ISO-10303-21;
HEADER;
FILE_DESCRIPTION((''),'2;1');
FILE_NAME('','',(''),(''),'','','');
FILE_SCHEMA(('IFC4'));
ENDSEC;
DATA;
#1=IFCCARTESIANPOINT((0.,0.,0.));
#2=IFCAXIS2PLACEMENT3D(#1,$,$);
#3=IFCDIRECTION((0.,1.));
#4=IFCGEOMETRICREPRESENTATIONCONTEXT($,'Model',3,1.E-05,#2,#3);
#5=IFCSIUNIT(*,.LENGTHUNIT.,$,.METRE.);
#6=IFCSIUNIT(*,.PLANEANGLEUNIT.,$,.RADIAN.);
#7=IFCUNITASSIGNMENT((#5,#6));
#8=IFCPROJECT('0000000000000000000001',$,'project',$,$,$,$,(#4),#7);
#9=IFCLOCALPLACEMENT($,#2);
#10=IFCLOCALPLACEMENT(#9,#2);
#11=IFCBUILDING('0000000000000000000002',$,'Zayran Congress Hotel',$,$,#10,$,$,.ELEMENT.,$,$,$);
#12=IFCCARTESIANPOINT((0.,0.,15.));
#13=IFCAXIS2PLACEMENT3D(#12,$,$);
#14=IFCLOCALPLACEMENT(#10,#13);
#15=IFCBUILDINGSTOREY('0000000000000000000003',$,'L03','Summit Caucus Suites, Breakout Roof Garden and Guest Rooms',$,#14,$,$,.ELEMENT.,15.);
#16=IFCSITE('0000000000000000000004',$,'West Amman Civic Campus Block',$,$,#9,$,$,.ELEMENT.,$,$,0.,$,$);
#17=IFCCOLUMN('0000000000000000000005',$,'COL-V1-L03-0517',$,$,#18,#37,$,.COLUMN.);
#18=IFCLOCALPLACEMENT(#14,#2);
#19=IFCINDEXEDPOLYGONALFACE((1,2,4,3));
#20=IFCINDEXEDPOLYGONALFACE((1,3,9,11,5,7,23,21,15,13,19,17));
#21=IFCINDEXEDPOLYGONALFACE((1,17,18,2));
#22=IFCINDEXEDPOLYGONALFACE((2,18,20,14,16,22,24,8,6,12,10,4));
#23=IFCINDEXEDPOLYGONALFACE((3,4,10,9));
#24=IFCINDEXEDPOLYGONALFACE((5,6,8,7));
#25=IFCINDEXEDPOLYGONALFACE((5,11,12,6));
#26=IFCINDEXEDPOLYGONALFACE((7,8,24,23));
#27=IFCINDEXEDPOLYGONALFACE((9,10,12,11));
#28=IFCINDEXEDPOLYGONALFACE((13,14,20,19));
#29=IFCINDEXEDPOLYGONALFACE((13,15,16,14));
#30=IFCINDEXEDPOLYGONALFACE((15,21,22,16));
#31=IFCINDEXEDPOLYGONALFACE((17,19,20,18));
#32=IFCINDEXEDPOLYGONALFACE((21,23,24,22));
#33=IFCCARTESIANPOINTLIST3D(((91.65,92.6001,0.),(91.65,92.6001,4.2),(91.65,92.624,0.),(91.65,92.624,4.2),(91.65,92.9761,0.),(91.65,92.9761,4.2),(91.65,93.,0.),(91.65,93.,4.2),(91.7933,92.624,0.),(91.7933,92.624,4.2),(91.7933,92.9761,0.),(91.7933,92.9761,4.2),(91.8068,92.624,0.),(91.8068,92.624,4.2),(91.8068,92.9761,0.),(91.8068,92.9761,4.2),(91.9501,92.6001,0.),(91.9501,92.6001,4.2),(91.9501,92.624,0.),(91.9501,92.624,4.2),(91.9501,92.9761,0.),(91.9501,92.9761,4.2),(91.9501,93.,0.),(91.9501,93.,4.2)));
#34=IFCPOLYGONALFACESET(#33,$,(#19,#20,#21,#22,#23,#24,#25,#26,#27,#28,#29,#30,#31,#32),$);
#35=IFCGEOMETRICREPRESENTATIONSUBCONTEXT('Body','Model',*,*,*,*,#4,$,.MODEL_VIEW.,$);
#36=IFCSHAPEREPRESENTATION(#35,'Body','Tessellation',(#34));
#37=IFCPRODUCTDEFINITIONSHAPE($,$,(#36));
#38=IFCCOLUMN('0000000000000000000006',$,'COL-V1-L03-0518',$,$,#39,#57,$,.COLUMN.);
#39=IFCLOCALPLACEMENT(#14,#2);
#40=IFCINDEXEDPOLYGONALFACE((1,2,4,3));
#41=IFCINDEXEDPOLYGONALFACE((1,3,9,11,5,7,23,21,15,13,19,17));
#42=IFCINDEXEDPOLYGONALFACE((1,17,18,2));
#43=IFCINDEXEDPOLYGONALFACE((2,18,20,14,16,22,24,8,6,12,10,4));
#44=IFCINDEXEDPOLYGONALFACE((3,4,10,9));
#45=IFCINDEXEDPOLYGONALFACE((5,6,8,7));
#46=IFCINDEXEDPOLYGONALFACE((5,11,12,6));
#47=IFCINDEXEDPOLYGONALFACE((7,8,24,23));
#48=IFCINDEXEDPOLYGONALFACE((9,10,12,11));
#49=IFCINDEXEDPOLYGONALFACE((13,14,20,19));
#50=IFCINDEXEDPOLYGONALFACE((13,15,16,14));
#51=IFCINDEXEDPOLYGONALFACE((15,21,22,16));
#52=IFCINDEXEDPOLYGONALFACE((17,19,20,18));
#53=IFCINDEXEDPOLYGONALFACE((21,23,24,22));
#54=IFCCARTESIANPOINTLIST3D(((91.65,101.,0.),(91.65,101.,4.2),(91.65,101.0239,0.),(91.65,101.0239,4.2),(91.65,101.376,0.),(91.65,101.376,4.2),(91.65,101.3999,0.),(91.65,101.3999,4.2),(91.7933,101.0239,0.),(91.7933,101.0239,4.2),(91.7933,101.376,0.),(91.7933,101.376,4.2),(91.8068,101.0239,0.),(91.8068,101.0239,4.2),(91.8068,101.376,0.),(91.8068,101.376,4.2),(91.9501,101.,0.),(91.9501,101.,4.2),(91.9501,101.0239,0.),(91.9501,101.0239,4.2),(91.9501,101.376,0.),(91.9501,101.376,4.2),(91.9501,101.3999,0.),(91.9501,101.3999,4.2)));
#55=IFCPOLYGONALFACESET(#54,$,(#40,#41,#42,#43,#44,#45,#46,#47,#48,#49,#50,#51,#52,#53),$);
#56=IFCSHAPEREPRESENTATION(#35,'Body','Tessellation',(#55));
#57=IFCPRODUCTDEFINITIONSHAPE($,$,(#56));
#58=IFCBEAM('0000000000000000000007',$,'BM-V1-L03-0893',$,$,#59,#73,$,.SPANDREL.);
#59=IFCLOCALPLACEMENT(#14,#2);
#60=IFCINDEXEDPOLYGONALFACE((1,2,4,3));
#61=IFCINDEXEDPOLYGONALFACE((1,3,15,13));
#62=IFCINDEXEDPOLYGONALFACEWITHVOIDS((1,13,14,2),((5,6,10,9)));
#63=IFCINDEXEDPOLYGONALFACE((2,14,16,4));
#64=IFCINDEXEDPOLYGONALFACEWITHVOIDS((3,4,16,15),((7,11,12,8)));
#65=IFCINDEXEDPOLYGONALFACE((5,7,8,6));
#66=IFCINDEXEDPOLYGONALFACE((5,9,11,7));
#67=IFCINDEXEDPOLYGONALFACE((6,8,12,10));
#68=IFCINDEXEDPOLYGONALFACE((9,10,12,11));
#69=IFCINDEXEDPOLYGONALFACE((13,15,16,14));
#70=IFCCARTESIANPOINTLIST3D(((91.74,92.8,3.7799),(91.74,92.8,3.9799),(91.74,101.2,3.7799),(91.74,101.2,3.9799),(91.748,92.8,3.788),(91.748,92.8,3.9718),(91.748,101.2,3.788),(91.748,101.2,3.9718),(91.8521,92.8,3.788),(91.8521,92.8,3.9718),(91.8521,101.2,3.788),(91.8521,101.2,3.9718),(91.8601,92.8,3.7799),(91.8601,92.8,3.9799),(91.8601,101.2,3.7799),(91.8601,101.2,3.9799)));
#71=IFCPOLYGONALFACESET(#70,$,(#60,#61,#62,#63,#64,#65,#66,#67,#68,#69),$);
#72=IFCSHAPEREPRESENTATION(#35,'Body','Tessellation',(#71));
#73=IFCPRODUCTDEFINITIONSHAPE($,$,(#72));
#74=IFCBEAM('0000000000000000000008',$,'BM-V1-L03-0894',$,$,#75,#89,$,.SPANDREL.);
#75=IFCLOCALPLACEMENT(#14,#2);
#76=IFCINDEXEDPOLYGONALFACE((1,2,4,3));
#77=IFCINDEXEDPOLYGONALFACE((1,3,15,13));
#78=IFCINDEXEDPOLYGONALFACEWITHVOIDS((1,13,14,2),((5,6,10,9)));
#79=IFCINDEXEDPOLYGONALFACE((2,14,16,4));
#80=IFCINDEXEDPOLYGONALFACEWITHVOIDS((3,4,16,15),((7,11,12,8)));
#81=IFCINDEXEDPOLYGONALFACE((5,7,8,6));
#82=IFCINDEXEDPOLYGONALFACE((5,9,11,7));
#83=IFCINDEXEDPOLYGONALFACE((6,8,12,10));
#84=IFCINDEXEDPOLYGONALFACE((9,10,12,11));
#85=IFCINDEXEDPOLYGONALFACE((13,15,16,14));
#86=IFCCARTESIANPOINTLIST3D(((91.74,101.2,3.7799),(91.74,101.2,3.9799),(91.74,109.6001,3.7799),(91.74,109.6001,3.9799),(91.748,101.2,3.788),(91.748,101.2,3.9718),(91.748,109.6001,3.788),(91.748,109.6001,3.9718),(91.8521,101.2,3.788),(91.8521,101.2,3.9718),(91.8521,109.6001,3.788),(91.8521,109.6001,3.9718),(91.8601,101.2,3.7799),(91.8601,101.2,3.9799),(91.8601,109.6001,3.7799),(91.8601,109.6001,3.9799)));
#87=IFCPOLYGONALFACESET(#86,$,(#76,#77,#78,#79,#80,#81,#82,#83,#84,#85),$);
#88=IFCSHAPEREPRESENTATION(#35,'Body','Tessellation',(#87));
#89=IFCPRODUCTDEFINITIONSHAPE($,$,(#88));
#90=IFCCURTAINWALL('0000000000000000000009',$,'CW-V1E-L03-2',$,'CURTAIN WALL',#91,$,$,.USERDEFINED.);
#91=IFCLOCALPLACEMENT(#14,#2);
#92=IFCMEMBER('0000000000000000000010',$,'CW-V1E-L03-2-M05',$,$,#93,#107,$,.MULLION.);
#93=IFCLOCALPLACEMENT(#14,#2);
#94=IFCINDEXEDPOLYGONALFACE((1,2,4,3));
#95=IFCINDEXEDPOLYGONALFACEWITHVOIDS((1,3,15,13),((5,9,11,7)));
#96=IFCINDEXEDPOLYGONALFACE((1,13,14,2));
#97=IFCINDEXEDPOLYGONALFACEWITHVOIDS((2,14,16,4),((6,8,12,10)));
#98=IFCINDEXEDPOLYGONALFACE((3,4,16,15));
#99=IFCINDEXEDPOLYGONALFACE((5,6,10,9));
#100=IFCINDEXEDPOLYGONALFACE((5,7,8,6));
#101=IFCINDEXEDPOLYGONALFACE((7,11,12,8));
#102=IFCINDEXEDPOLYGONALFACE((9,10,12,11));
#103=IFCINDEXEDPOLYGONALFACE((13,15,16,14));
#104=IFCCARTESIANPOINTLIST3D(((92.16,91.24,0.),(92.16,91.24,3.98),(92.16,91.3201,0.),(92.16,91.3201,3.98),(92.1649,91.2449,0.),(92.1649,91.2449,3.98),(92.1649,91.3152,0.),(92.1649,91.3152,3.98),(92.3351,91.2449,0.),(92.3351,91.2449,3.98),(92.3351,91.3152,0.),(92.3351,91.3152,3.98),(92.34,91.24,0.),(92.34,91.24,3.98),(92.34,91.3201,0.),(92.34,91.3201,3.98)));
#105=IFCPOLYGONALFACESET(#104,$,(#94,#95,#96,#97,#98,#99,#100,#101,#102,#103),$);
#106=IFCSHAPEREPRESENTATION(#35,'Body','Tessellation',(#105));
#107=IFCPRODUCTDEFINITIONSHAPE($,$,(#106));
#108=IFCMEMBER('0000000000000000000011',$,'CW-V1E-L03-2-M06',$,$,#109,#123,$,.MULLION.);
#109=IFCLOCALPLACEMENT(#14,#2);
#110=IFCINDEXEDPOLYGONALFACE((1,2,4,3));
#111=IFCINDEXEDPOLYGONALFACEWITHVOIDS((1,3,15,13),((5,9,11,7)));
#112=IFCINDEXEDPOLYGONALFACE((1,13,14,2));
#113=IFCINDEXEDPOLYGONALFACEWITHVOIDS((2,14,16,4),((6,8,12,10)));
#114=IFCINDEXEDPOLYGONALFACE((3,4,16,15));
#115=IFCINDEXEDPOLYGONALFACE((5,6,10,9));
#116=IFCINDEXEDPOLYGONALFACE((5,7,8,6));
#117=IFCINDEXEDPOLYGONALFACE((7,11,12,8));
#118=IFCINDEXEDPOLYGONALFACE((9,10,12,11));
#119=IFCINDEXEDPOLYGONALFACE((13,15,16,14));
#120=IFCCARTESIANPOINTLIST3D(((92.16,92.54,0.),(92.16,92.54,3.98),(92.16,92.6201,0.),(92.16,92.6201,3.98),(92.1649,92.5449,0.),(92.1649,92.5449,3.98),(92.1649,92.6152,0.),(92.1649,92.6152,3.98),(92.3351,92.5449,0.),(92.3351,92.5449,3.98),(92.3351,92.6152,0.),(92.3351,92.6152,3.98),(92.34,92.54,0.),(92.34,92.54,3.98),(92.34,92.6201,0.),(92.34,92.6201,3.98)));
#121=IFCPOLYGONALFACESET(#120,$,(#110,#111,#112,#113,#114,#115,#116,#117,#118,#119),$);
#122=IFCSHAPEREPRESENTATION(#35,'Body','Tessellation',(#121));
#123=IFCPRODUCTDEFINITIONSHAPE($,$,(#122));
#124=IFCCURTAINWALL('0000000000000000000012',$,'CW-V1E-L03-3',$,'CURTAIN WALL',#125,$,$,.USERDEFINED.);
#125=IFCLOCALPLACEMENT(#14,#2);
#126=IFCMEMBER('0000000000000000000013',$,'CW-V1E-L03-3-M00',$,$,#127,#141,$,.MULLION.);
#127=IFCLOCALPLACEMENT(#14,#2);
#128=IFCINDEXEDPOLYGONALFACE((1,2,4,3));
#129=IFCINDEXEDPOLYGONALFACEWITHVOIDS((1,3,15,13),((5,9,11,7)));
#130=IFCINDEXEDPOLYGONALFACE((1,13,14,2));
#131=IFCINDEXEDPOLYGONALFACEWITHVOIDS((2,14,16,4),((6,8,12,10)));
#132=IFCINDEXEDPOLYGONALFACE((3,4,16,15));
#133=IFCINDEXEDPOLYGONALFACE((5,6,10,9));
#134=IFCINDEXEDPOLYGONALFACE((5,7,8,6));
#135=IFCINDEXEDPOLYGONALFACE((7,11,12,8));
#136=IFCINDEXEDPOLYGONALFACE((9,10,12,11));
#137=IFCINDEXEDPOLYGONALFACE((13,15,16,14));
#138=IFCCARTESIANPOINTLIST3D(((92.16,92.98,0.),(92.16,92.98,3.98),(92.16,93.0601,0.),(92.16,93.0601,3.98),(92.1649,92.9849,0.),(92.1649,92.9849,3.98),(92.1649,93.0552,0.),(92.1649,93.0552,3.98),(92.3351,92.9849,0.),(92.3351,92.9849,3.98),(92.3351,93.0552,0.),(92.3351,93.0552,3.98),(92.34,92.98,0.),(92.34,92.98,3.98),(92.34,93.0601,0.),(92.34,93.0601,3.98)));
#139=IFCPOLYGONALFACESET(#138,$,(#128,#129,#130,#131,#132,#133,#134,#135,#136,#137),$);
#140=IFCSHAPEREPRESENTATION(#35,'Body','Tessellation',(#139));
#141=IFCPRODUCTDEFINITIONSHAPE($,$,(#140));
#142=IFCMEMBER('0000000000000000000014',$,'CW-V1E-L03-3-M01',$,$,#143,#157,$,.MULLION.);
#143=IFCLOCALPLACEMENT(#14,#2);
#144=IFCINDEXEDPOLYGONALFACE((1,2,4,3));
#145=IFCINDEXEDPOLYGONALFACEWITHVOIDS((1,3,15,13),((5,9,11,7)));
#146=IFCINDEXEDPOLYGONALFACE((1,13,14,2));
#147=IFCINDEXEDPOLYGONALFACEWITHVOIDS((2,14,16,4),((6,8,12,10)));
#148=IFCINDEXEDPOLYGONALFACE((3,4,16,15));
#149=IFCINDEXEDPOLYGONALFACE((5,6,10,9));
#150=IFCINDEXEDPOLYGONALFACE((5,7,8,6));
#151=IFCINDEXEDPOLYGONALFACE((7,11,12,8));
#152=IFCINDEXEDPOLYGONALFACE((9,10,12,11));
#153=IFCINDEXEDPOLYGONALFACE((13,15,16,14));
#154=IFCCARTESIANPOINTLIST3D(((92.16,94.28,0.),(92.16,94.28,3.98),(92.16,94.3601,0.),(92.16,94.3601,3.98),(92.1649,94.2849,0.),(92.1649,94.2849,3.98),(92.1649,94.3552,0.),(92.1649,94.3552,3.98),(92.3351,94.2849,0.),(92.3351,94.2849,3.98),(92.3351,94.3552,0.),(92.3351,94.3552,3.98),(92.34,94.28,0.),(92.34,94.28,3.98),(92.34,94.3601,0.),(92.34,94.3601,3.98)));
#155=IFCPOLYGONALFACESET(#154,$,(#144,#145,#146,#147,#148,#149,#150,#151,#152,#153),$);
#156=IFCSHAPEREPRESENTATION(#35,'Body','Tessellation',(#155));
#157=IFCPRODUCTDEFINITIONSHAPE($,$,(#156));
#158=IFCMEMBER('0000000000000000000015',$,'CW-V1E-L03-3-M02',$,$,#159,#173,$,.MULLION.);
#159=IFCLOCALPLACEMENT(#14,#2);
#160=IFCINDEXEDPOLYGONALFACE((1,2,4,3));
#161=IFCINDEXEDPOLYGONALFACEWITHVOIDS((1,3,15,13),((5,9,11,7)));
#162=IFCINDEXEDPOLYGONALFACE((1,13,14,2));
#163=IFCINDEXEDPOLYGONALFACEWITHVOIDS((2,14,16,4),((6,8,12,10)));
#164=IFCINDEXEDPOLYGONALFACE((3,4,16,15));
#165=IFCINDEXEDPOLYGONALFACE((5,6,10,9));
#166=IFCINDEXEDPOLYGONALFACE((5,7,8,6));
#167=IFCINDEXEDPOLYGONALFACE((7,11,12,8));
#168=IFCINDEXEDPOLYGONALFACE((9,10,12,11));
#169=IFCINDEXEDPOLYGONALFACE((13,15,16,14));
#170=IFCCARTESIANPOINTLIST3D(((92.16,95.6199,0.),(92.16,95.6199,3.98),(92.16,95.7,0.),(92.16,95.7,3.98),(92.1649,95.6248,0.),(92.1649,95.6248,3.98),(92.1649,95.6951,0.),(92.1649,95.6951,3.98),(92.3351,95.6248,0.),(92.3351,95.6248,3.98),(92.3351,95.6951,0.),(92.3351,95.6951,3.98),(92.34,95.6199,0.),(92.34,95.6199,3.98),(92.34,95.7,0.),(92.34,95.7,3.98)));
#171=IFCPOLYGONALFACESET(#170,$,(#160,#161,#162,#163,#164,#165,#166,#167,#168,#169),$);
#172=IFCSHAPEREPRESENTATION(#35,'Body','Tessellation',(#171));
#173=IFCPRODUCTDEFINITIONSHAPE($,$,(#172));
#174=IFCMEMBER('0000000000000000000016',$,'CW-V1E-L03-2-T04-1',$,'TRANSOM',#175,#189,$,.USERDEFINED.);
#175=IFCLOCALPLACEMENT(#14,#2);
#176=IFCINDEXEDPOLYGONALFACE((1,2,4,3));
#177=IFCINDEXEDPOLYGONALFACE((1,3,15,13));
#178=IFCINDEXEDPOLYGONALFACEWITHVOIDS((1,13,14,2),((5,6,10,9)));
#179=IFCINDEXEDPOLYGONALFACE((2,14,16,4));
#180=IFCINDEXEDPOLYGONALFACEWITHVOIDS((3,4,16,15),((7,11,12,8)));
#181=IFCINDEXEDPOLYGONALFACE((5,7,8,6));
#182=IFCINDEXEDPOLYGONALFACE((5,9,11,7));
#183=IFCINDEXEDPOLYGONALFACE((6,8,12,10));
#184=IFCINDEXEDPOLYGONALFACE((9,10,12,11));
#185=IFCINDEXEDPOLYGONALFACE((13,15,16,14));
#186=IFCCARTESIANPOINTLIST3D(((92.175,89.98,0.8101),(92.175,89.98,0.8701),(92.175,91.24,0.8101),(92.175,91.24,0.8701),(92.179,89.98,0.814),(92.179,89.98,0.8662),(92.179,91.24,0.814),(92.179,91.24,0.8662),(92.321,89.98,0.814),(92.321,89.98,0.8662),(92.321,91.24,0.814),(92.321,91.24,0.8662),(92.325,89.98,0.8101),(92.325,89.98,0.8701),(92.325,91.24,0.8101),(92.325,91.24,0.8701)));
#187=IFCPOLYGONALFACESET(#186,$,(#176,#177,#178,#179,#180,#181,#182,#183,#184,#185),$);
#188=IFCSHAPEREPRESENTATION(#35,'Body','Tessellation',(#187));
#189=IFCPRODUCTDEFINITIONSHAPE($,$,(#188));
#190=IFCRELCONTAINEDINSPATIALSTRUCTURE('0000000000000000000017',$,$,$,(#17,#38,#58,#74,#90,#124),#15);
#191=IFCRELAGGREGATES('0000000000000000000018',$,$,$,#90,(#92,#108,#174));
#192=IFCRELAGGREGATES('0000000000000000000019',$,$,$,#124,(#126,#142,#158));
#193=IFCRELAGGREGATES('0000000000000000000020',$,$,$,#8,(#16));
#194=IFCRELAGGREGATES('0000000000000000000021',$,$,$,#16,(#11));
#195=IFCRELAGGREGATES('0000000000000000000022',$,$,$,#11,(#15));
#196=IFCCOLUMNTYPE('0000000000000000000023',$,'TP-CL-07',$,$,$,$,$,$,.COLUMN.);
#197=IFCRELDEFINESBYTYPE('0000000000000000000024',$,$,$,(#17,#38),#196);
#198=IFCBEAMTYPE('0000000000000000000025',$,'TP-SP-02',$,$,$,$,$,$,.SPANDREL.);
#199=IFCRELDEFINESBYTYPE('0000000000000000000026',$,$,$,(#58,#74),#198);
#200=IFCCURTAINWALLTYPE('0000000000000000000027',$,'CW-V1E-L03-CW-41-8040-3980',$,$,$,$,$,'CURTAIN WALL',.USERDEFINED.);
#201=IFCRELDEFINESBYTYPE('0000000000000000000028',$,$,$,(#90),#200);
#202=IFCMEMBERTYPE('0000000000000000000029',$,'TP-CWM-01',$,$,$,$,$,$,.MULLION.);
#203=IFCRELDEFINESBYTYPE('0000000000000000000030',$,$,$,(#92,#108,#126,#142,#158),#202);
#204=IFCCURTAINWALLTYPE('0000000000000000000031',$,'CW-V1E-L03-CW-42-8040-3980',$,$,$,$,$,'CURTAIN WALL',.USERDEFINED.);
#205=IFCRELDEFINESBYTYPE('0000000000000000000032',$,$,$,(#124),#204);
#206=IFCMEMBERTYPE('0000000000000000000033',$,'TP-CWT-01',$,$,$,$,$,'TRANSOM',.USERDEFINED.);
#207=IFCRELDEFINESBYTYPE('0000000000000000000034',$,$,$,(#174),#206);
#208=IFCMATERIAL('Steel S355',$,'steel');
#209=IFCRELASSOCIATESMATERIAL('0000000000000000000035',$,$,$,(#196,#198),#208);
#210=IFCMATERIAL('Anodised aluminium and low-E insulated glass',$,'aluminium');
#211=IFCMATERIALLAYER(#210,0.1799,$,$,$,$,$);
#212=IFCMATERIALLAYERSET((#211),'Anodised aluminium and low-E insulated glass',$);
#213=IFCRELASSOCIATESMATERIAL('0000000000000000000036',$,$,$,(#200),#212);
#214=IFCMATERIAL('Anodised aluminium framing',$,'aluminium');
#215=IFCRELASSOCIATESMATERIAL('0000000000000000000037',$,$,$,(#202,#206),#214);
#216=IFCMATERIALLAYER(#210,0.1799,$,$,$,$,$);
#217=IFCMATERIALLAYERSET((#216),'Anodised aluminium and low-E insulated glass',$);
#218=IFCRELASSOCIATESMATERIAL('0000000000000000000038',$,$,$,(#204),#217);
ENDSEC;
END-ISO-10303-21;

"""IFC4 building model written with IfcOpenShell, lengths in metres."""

from ifc_helpers import new_model, si_unit, direction, frame, origin, origin_2d, place, context, subcontext, project, spatial, hollow_rectangle, i_section, extrude, material, layer, layer_set, material_profile, profile_set, type_object, element, aggregate, save


model = new_model("IFC4")

# Units and contexts
model_context = context("Model", 3, precision=1e-05, world=origin(), true_north=direction((0.0, 1.0)))
body_context = subcontext(model_context, "Body", "Model", "MODEL_VIEW")
ifc_project = project(units=[si_unit("LENGTHUNIT", "METRE"), si_unit("PLANEANGLEUNIT", "RADIAN")], contexts=[model_context])

# Site, building, storey
site_placement = place(None, origin())
site = spatial("IfcSite", under=ifc_project, at=site_placement, Name="West Amman Civic Campus Block", CompositionType="ELEMENT", RefElevation=0.0)
building_placement = place(site_placement, origin())
building = spatial("IfcBuilding", under=site, at=building_placement, Name="Zayran Congress Hotel", CompositionType="ELEMENT")
storey_placement = place(building_placement, frame((0.0, 0.0, 15.0)))
storey = spatial("IfcBuildingStorey", under=building, at=storey_placement, Name="L03", Description="Summit Caucus Suites, Breakout Roof Garden and Guest Rooms", CompositionType="ELEMENT", Elevation=15.0)

# Columns
ifc_material_1 = material(Name="Steel S355", Category="steel")
ifc_material_profile_1 = material_profile(ifc_material_1, i_section(OverallWidth=0.3, OverallDepth=0.3999, WebThickness=0.0134, FlangeThickness=0.0239, at=origin_2d()), Name="HEB 400")
ifc_profile_set_1 = profile_set([ifc_material_profile_1], Name="Steel S355")
column_type = type_object("IfcColumnType", Name="TP-CL-07", PredefinedType="COLUMN", material=ifc_profile_set_1)
for number, where, z_axis, x_axis, name in (
    (1, (91.8, 92.8, 0.0), (0.0, 0.0, 1.0), (1.0, 0.0, 0.0), "COL-V1-L03-0517"),
    (2, (91.8, 101.2, 0.0), (0.0, 0.0, 1.0), (1.0, 0.0, 0.0), "COL-V1-L03-0518"),
):
    element("IfcColumn", number, at=place(storey_placement, frame(where, z_axis=z_axis, x_axis=x_axis)), inside=storey, type_object=column_type, Name=name, PredefinedType="COLUMN", context=body_context, shape_type="SweptSolid", body=[
        extrude(i_section(OverallWidth=0.3, OverallDepth=0.3999, WebThickness=0.0134, FlangeThickness=0.0239, at=origin_2d()), origin(), (0.0, 0.0, 1.0), 4.2),
    ])

# Beams
ifc_material_profile_2 = material_profile(ifc_material_1, hollow_rectangle(XDim=0.1201, YDim=0.2, WallThickness=0.0081, at=origin_2d()), Name="RHS 200x120x8")
ifc_profile_set_2 = profile_set([ifc_material_profile_2], Name="Steel S355")
beam_type = type_object("IfcBeamType", Name="TP-SP-02", PredefinedType="SPANDREL", material=ifc_profile_set_2)
beam_1_placement = place(storey_placement, frame((91.8, 92.8, 3.8799), z_axis=(0.0, 1.0, 0.0), x_axis=(-1.0, 0.0, 0.0)))
element("IfcBeam", 3, at=beam_1_placement, inside=storey, type_object=beam_type, Name="BM-V1-L03-0893", PredefinedType="SPANDREL", context=body_context, shape_type="SweptSolid", body=[
    extrude(hollow_rectangle(XDim=0.1201, YDim=0.2, WallThickness=0.0081, at=origin_2d()), origin(), (0.0, 0.0, 1.0), 8.3999),
])
beam_2_placement = place(storey_placement, frame((91.8, 101.2, 3.8799), z_axis=(0.0, 1.0, 0.0), x_axis=(-1.0, 0.0, 0.0)))
element("IfcBeam", 4, at=beam_2_placement, inside=storey, type_object=beam_type, Name="BM-V1-L03-0894", PredefinedType="SPANDREL", context=body_context, shape_type="SweptSolid", body=[
    extrude(hollow_rectangle(XDim=0.1201, YDim=0.2, WallThickness=0.0081, at=origin_2d()), origin(), (0.0, 0.0, 1.0), 8.4001),
])

# Curtain walls, members
ifc_material_2 = material(Name="Anodised aluminium and low-E insulated glass", Category="aluminium")
ifc_layer_1 = layer(ifc_material_2, 0.1799)
ifc_layer_set_1 = layer_set([ifc_layer_1], Name="Anodised aluminium and low-E insulated glass")
curtain_wall_type_1 = type_object("IfcCurtainWallType", Name="CW-V1E-L03-CW-41-8040-3980", ElementType="CURTAIN WALL", PredefinedType="USERDEFINED", material=ifc_layer_set_1)
curtain_wall_1_placement = place(storey_placement, origin())
curtain_wall_1 = element("IfcCurtainWall", 5, at=curtain_wall_1_placement, inside=storey, type_object=curtain_wall_type_1, Name="CW-V1E-L03-2", ObjectType="CURTAIN WALL", PredefinedType="USERDEFINED")
ifc_material_3 = material(Name="Anodised aluminium framing", Category="aluminium")
ifc_material_profile_3 = material_profile(ifc_material_3, hollow_rectangle(XDim=0.0801, YDim=0.1799, WallThickness=0.0049, at=origin_2d()), Name="RHS 180x80x5")
ifc_profile_set_3 = profile_set([ifc_material_profile_3], Name="Anodised aluminium framing")
member_type_1 = type_object("IfcMemberType", Name="TP-CWM-01", PredefinedType="MULLION", material=ifc_profile_set_3)
member_1_placement = place(storey_placement, frame((92.25, 91.28, 0.0), z_axis=(0.0, 0.0, 1.0), x_axis=(0.0, 1.0, 0.0)))
member_1 = element("IfcMember", 6, at=member_1_placement, type_object=member_type_1, Name="CW-V1E-L03-2-M05", PredefinedType="MULLION", context=body_context, shape_type="SweptSolid", body=[
    extrude(hollow_rectangle(XDim=0.0801, YDim=0.1799, WallThickness=0.0049, at=origin_2d()), origin(), (0.0, 0.0, 1.0), 3.98),
])
member_2_placement = place(storey_placement, frame((92.25, 92.5801, 0.0), z_axis=(0.0, 0.0, 1.0), x_axis=(0.0, 1.0, 0.0)))
member_2 = element("IfcMember", 7, at=member_2_placement, type_object=member_type_1, Name="CW-V1E-L03-2-M06", PredefinedType="MULLION", context=body_context, shape_type="SweptSolid", body=[
    extrude(hollow_rectangle(XDim=0.0801, YDim=0.1799, WallThickness=0.0049, at=origin_2d()), origin(), (0.0, 0.0, 1.0), 3.98),
])
ifc_layer_2 = layer(ifc_material_2, 0.1799)
ifc_layer_set_2 = layer_set([ifc_layer_2], Name="Anodised aluminium and low-E insulated glass")
curtain_wall_type_2 = type_object("IfcCurtainWallType", Name="CW-V1E-L03-CW-42-8040-3980", ElementType="CURTAIN WALL", PredefinedType="USERDEFINED", material=ifc_layer_set_2)
curtain_wall_2_placement = place(storey_placement, origin())
curtain_wall_2 = element("IfcCurtainWall", 8, at=curtain_wall_2_placement, inside=storey, type_object=curtain_wall_type_2, Name="CW-V1E-L03-3", ObjectType="CURTAIN WALL", PredefinedType="USERDEFINED")
member_3_placement = place(storey_placement, frame((92.25, 93.02, 0.0), z_axis=(0.0, 0.0, 1.0), x_axis=(0.0, 1.0, 0.0)))
member_3 = element("IfcMember", 9, at=member_3_placement, type_object=member_type_1, Name="CW-V1E-L03-3-M00", PredefinedType="MULLION", context=body_context, shape_type="SweptSolid", body=[
    extrude(hollow_rectangle(XDim=0.0801, YDim=0.1799, WallThickness=0.0049, at=origin_2d()), origin(), (0.0, 0.0, 1.0), 3.98),
])
member_4_placement = place(storey_placement, frame((92.25, 94.3201, 0.0), z_axis=(0.0, 0.0, 1.0), x_axis=(0.0, 1.0, 0.0)))
member_4 = element("IfcMember", 10, at=member_4_placement, type_object=member_type_1, Name="CW-V1E-L03-3-M01", PredefinedType="MULLION", context=body_context, shape_type="SweptSolid", body=[
    extrude(hollow_rectangle(XDim=0.0801, YDim=0.1799, WallThickness=0.0049, at=origin_2d()), origin(), (0.0, 0.0, 1.0), 3.98),
])
member_5_placement = place(storey_placement, frame((92.25, 95.6599, 0.0), z_axis=(0.0, 0.0, 1.0), x_axis=(0.0, 1.0, 0.0)))
member_5 = element("IfcMember", 11, at=member_5_placement, type_object=member_type_1, Name="CW-V1E-L03-3-M02", PredefinedType="MULLION", context=body_context, shape_type="SweptSolid", body=[
    extrude(hollow_rectangle(XDim=0.0801, YDim=0.1799, WallThickness=0.0049, at=origin_2d()), origin(), (0.0, 0.0, 1.0), 3.98),
])

# Member
ifc_material_profile_4 = material_profile(ifc_material_3, hollow_rectangle(XDim=0.0601, YDim=0.1499, WallThickness=0.0039, at=origin_2d()), Name="RHS 150x60x4")
ifc_profile_set_4 = profile_set([ifc_material_profile_4], Name="Anodised aluminium framing")
member_type_2 = type_object("IfcMemberType", Name="TP-CWT-01", ElementType="TRANSOM", PredefinedType="USERDEFINED", material=ifc_profile_set_4)
member_6_placement = place(storey_placement, frame((92.25, 89.98, 0.8401), z_axis=(0.0, 1.0, 0.0), x_axis=(0.0, 0.0, 1.0)))
member_6 = element("IfcMember", 12, at=member_6_placement, type_object=member_type_2, Name="CW-V1E-L03-2-T04-1", ObjectType="TRANSOM", PredefinedType="USERDEFINED", context=body_context, shape_type="SweptSolid", body=[
    extrude(hollow_rectangle(XDim=0.0601, YDim=0.1499, WallThickness=0.0039, at=origin_2d()), origin(), (0.0, 0.0, 1.0), 1.26),
])

aggregate(curtain_wall_1, [member_1, member_2, member_6])
aggregate(curtain_wall_2, [member_3, member_4, member_5])

save(model, "model.ifc")
